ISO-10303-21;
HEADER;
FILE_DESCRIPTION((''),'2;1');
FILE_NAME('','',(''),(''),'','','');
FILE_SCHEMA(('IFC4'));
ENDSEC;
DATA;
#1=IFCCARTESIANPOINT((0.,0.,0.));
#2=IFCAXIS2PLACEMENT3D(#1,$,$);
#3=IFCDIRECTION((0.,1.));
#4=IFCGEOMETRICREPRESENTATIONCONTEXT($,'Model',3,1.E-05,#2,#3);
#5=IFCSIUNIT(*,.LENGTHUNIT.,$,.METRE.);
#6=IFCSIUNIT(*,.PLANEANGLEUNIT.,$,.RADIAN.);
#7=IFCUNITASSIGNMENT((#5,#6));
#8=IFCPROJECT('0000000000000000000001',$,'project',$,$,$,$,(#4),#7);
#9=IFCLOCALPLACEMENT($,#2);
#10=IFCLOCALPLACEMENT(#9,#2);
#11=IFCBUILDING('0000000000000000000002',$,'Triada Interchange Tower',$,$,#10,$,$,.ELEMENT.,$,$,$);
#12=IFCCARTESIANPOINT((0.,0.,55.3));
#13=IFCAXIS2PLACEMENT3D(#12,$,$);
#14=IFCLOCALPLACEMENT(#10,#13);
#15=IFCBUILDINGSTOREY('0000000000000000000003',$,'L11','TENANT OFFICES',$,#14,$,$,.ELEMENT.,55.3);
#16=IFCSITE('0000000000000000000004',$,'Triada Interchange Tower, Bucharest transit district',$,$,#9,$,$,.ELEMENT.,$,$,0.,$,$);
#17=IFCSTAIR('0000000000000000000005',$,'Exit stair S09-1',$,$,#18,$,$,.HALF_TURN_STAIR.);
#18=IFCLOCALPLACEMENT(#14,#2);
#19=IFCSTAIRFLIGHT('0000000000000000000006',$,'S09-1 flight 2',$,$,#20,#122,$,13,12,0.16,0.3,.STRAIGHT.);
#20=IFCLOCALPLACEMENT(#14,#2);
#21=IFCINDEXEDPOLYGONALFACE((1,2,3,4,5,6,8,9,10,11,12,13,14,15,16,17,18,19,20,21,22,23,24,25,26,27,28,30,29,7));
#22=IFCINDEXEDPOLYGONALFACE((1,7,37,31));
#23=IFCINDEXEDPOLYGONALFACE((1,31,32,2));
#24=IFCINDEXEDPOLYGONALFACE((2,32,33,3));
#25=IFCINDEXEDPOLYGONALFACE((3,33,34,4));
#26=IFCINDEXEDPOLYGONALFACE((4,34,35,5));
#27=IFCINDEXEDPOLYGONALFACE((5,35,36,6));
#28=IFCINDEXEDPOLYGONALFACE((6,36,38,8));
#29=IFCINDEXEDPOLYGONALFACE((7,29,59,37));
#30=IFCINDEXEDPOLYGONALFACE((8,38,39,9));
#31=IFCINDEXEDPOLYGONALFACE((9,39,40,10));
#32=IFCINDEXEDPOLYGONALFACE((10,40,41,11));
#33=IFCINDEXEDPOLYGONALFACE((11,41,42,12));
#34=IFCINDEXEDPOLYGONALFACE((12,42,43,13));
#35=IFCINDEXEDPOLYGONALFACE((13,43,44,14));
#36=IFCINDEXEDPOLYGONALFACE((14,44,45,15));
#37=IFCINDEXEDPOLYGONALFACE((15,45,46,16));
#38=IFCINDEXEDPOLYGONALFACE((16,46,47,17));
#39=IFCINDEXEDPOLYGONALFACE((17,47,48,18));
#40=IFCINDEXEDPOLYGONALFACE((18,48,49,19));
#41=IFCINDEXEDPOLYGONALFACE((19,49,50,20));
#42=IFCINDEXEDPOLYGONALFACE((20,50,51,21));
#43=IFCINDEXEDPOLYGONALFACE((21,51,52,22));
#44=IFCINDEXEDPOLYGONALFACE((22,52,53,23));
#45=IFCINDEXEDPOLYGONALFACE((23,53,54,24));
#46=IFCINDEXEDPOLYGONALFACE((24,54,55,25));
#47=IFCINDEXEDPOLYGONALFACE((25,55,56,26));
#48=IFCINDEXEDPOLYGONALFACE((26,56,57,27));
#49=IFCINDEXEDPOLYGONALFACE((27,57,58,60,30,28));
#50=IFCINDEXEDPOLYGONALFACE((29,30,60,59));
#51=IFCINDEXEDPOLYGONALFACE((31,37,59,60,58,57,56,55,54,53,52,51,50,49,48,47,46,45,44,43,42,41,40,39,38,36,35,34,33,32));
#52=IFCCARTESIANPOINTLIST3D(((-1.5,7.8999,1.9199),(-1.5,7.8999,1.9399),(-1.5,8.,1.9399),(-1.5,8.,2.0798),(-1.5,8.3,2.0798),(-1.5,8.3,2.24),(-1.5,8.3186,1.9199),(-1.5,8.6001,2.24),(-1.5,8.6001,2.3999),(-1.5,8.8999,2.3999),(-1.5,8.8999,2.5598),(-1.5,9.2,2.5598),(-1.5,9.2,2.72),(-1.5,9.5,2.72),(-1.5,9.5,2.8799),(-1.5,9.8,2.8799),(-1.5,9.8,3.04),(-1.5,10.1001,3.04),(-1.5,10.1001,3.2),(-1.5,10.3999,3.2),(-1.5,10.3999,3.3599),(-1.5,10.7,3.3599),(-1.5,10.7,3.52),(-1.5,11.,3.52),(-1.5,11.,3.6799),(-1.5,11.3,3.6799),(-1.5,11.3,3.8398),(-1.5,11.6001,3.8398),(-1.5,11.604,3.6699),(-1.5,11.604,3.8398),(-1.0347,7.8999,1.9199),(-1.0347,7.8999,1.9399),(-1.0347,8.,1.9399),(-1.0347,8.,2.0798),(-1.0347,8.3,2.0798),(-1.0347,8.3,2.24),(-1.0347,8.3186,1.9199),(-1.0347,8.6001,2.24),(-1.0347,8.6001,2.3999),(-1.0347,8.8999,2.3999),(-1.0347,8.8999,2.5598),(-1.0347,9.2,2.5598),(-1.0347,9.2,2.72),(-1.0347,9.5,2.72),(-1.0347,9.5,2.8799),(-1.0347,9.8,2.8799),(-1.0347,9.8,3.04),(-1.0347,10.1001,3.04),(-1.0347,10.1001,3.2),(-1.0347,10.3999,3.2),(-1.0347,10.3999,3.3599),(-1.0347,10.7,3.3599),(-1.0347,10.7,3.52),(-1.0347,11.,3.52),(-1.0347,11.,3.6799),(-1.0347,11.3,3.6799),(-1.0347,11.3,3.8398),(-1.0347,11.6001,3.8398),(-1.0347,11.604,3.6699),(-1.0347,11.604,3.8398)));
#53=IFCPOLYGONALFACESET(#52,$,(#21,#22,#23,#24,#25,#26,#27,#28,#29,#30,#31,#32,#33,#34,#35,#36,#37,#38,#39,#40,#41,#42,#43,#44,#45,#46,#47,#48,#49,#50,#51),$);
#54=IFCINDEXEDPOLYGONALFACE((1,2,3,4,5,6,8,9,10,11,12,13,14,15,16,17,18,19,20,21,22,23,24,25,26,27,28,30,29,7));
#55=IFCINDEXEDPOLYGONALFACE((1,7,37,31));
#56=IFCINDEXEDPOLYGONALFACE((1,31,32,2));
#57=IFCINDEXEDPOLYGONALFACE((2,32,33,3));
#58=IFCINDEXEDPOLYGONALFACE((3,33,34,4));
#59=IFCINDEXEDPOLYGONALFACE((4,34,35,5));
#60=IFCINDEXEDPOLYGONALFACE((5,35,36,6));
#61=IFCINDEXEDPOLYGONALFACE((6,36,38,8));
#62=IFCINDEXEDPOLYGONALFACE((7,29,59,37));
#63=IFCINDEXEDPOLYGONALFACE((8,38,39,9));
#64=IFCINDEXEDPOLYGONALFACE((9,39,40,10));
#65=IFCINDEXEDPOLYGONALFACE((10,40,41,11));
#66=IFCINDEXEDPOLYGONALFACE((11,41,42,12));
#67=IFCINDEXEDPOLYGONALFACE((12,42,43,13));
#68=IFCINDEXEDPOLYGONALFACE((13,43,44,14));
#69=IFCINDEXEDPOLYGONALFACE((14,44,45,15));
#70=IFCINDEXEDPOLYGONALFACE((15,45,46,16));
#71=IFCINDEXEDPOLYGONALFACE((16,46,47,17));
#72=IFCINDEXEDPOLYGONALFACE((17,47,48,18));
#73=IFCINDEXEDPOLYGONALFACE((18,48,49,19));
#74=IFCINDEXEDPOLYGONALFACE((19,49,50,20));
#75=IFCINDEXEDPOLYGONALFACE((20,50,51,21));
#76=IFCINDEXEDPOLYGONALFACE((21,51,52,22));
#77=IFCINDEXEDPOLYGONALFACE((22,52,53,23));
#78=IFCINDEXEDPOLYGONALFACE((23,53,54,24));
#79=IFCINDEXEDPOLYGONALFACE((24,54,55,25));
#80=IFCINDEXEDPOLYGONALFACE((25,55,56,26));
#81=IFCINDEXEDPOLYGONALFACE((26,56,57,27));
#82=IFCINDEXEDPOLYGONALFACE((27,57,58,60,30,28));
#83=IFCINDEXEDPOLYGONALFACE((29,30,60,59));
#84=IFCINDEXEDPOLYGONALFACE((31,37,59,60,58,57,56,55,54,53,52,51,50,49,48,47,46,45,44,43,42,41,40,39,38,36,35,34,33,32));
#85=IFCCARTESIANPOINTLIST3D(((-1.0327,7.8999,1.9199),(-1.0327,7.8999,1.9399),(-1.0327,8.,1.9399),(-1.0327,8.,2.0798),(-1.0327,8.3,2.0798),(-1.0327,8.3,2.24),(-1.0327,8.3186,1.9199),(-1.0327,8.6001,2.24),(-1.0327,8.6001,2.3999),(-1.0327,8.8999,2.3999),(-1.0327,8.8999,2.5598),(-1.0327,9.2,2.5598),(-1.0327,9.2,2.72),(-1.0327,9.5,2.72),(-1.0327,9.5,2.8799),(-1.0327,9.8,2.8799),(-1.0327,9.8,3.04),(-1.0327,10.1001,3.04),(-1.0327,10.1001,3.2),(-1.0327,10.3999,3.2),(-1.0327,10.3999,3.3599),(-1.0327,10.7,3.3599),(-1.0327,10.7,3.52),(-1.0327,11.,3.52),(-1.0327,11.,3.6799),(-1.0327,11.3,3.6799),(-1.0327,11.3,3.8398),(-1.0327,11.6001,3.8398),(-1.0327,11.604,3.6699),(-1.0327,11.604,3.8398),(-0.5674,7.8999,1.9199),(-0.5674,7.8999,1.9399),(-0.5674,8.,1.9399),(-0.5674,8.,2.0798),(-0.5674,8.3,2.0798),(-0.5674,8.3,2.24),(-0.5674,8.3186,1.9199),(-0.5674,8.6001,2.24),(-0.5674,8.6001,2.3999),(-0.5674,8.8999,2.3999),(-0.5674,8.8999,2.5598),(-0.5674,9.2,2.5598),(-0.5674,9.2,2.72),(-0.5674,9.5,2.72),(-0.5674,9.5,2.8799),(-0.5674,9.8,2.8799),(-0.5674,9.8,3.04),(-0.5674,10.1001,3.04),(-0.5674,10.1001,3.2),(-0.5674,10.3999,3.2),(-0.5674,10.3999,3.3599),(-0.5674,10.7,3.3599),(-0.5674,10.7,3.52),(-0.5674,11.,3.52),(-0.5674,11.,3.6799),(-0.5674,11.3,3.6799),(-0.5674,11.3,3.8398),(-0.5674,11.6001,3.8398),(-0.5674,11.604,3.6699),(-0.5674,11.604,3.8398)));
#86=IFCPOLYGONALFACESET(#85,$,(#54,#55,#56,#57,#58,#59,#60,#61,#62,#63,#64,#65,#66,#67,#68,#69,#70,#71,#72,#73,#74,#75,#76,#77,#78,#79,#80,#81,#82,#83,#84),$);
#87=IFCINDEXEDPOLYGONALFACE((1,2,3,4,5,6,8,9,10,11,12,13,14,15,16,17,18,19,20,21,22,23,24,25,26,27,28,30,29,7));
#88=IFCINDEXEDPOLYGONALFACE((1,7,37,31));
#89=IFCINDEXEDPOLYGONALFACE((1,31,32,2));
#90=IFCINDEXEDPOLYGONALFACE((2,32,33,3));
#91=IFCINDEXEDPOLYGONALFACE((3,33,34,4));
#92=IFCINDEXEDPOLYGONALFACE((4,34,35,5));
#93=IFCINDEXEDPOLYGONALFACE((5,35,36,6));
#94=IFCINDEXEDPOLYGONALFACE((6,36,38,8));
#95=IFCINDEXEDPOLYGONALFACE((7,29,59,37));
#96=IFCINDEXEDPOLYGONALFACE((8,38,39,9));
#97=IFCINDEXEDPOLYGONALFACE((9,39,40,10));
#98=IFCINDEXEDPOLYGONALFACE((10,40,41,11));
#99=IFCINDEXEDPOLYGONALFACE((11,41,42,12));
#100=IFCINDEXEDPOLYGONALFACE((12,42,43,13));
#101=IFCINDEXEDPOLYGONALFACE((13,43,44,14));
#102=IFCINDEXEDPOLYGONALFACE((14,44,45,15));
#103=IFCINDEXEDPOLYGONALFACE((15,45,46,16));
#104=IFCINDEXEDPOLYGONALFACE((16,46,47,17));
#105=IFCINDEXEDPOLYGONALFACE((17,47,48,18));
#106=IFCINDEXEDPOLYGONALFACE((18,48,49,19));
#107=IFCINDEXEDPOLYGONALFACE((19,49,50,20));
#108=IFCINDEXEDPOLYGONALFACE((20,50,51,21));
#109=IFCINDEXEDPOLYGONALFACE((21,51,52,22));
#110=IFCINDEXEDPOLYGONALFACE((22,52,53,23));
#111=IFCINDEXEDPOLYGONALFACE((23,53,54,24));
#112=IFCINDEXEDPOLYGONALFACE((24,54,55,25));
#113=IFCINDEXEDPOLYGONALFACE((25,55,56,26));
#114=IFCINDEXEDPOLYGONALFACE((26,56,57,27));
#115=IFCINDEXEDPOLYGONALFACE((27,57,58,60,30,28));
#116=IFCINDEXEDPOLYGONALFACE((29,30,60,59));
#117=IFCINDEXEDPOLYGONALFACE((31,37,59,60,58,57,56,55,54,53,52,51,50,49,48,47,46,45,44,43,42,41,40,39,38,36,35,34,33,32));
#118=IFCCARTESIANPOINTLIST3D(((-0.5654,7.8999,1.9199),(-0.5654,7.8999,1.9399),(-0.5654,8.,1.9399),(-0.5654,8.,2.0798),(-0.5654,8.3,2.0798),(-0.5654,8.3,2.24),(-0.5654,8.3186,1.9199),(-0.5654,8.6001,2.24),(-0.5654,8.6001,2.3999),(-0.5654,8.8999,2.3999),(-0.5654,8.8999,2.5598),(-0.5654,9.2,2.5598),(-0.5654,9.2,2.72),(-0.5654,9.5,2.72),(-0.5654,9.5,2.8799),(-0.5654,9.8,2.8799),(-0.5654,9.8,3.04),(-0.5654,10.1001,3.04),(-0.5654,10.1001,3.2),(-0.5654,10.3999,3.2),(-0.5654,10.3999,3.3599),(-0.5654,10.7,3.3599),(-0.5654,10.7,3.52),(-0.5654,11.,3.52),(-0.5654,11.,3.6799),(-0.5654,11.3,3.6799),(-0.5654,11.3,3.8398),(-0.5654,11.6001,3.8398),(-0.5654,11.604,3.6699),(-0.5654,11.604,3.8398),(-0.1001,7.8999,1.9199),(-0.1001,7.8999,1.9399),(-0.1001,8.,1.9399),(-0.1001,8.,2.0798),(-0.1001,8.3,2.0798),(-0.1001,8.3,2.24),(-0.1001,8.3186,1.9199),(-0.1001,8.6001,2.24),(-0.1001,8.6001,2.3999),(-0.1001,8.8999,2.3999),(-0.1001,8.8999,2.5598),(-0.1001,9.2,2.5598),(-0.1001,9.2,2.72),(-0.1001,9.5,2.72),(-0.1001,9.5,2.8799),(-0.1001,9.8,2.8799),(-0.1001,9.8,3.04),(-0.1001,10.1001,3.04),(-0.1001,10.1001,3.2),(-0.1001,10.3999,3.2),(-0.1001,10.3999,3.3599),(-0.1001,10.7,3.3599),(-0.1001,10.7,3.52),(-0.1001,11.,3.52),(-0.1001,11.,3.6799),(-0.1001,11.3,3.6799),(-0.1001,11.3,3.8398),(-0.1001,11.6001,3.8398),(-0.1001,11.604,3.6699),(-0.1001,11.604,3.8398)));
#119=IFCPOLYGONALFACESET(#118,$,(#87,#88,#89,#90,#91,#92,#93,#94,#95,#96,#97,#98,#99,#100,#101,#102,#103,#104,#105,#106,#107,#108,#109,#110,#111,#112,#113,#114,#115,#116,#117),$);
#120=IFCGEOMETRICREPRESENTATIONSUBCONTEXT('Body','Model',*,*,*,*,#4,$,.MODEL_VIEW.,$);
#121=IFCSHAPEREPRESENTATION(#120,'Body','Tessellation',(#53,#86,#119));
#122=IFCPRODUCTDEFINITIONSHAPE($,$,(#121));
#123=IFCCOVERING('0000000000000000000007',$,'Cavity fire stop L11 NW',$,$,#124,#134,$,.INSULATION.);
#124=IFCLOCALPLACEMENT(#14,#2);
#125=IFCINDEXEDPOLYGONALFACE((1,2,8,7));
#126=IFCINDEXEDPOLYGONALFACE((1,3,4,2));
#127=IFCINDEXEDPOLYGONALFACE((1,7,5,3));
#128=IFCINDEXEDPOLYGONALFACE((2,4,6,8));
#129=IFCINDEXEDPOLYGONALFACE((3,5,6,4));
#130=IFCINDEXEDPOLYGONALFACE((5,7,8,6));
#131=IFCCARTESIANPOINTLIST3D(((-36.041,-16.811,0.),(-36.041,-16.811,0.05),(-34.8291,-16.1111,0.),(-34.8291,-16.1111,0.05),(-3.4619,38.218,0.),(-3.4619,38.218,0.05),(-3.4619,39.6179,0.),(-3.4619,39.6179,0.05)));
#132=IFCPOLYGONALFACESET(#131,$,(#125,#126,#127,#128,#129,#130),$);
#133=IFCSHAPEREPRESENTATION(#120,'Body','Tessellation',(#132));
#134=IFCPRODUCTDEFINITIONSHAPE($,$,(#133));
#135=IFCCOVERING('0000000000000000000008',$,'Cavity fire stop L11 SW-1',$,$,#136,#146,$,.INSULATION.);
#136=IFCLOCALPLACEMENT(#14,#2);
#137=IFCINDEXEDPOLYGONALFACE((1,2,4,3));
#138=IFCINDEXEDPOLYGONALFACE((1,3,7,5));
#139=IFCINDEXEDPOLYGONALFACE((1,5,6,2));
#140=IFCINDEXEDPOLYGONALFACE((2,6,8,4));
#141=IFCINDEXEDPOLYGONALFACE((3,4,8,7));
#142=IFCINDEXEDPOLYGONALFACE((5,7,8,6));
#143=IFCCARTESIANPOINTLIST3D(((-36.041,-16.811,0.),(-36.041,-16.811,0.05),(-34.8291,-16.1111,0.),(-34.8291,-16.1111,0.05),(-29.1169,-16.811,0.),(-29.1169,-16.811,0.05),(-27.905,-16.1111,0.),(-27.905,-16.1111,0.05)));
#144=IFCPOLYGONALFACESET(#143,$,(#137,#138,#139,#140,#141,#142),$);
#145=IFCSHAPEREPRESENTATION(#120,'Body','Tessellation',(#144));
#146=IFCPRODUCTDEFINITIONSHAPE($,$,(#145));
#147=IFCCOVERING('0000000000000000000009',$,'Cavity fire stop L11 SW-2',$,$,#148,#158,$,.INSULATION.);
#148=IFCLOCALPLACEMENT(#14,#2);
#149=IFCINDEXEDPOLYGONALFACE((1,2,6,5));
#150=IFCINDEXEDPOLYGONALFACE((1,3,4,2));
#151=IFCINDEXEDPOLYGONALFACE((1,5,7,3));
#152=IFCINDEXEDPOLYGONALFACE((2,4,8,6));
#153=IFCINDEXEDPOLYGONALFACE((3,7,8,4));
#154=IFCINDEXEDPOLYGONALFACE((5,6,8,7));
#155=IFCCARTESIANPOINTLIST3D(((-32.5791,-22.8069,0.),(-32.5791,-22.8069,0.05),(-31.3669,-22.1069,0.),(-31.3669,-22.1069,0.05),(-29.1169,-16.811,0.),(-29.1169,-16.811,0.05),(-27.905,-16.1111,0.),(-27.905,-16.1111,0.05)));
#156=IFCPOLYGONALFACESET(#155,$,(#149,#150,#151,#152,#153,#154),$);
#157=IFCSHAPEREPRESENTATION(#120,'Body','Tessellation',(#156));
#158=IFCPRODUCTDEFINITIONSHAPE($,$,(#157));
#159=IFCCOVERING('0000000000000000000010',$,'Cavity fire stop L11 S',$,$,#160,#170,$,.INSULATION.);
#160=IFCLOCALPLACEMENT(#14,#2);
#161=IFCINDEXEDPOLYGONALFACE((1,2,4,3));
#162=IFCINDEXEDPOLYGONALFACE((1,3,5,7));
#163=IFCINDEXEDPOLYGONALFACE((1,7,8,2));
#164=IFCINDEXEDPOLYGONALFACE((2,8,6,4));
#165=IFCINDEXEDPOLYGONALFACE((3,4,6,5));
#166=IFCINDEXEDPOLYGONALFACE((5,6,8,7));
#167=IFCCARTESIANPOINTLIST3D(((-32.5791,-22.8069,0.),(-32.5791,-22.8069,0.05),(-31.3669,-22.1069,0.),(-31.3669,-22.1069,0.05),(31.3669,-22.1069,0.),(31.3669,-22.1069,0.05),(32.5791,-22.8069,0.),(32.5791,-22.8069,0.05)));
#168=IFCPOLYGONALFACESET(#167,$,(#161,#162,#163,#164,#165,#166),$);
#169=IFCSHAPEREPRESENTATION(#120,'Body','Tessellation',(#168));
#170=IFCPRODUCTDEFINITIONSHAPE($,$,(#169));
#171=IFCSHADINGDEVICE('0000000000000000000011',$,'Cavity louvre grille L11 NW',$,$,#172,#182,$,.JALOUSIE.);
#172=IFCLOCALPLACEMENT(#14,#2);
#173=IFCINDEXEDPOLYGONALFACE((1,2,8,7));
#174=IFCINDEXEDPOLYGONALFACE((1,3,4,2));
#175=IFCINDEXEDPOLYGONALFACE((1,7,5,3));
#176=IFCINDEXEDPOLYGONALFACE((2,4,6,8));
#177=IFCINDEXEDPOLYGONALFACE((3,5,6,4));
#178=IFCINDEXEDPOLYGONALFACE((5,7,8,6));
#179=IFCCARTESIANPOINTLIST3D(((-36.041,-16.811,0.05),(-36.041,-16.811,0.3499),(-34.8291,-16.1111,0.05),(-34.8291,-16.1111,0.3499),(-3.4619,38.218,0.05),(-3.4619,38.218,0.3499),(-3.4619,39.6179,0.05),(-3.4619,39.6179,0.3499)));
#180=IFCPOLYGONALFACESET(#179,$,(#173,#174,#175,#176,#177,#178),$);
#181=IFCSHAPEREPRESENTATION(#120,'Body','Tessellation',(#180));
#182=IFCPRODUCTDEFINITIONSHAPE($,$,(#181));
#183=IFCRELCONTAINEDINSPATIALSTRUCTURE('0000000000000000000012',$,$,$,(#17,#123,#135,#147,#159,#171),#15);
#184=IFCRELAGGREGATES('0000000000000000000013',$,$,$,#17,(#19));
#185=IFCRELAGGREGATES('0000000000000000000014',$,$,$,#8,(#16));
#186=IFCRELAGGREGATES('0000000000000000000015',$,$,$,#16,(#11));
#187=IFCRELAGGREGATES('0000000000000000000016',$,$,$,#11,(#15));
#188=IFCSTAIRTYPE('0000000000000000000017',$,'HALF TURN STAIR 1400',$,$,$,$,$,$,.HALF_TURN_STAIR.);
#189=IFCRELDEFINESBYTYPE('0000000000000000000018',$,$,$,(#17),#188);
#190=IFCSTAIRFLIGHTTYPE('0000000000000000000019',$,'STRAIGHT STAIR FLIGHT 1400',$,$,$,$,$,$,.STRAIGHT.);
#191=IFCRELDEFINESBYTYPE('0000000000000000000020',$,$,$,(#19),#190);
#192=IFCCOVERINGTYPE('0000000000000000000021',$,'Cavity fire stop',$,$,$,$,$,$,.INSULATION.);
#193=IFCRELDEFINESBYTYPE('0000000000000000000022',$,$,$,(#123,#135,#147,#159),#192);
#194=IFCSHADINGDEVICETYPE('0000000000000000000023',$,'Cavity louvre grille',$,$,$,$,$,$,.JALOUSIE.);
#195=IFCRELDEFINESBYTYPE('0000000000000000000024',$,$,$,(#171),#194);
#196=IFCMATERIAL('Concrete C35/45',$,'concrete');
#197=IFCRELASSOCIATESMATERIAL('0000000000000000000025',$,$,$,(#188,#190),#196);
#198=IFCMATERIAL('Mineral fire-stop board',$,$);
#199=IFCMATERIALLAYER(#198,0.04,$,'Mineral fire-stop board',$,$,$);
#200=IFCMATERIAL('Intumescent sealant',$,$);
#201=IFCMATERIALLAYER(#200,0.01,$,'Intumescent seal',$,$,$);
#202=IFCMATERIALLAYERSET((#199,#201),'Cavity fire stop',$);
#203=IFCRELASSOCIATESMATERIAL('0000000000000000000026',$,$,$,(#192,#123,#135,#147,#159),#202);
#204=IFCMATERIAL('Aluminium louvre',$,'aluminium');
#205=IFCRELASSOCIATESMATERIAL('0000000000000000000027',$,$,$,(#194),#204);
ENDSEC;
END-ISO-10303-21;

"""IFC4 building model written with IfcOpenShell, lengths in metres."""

from ifc_helpers import new_model, si_unit, direction, frame, origin, place, context, subcontext, project, spatial, polyline, outline, extrude, material, layer, layer_set, layer_usage, type_object, element, aggregate, save


model = new_model("IFC4")

# Units and contexts
model_context = context("Model", 3, precision=1e-05, world=origin(), true_north=direction((0.0, 1.0)))
body_context = subcontext(model_context, "Body", "Model", "MODEL_VIEW")
ifc_project = project(units=[si_unit("LENGTHUNIT", "METRE"), si_unit("PLANEANGLEUNIT", "RADIAN")], contexts=[model_context])

# Site, building, storey
site_placement = place(None, origin())
site = spatial("IfcSite", under=ifc_project, at=site_placement, Name="Triada Interchange Tower, Bucharest transit district", CompositionType="ELEMENT", RefElevation=0.0)
building_placement = place(site_placement, origin())
building = spatial("IfcBuilding", under=site, at=building_placement, Name="Triada Interchange Tower", CompositionType="ELEMENT")
storey_placement = place(building_placement, frame((0.0, 0.0, 55.3)))
storey = spatial("IfcBuildingStorey", under=building, at=storey_placement, Name="L11", Description="TENANT OFFICES", CompositionType="ELEMENT", Elevation=55.3)

# Stair, stair flight
ifc_material_1 = material(Name="Concrete C35/45", Category="concrete")
stair_type = type_object("IfcStairType", Name="HALF TURN STAIR 1400", PredefinedType="HALF_TURN_STAIR", material=ifc_material_1)
stair_placement = place(storey_placement, origin())
stair = element("IfcStair", 1, at=stair_placement, inside=storey, type_object=stair_type, Name="Exit stair S09-1", PredefinedType="HALF_TURN_STAIR")
stair_flight_type = type_object("IfcStairFlightType", Name="STRAIGHT STAIR FLIGHT 1400", PredefinedType="STRAIGHT", material=ifc_material_1)
stair_flight_placement = place(storey_placement, frame((-0.8, 8.0, 1.9199), z_axis=(0.0, 0.0, 1.0), x_axis=(0.0, 1.0, 0.0)))
stair_flight = element("IfcStairFlight", 2, at=stair_flight_placement, type_object=stair_flight_type, Name="S09-1 flight 2", NumberOfRisers=13, NumberOfTreads=12, PredefinedType="STRAIGHT", RiserHeight=0.16, TreadLength=0.3, context=body_context, shape_type="SweptSolid", body=[
    extrude(outline(polyline([(-0.1001, 0.0), (-0.1001, 0.02), (0.0, 0.02), (0.0, 0.1599), (0.3, 0.1599), (0.3, 0.3201), (0.6001, 0.3201), (0.6001, 0.48), (0.8999, 0.48), (0.8999, 0.6399), (1.2, 0.6399), (1.2, 0.8), (1.5, 0.8), (1.5, 0.96), (1.8, 0.96), (1.8, 1.1201), (2.1001, 1.1201), (2.1001, 1.28), (2.3999, 1.28), (2.3999, 1.4399), (2.7, 1.4399), (2.7, 1.6001), (3.0, 1.6001), (3.0, 1.76), (3.3, 1.76), (3.3, 1.9199), (3.6001, 1.9199), (3.604, 1.9199), (3.604, 2.0801), (3.604, 1.75), (0.3186, 0.0), (-0.1001, 0.0)])), frame((0.0, 0.7, 0.0), z_axis=(0.0, -1.0, 0.0), x_axis=(1.0, 0.0, 0.0)), (0.0, 0.0, 1.0), 0.4653),
    extrude(outline(polyline([(-0.1001, 0.0), (-0.1001, 0.02), (0.0, 0.02), (0.0, 0.1599), (0.3, 0.1599), (0.3, 0.3201), (0.6001, 0.3201), (0.6001, 0.48), (0.8999, 0.48), (0.8999, 0.6399), (1.2, 0.6399), (1.2, 0.8), (1.5, 0.8), (1.5, 0.96), (1.8, 0.96), (1.8, 1.1201), (2.1001, 1.1201), (2.1001, 1.28), (2.3999, 1.28), (2.3999, 1.4399), (2.7, 1.4399), (2.7, 1.6001), (3.0, 1.6001), (3.0, 1.76), (3.3, 1.76), (3.3, 1.9199), (3.6001, 1.9199), (3.604, 1.9199), (3.604, 2.0801), (3.604, 1.75), (0.3186, 0.0), (-0.1001, 0.0)])), frame((0.0, 0.2327, 0.0), z_axis=(0.0, -1.0, 0.0), x_axis=(1.0, 0.0, 0.0)), (0.0, 0.0, 1.0), 0.4653),
    extrude(outline(polyline([(-0.1001, 0.0), (-0.1001, 0.02), (0.0, 0.02), (0.0, 0.1599), (0.3, 0.1599), (0.3, 0.3201), (0.6001, 0.3201), (0.6001, 0.48), (0.8999, 0.48), (0.8999, 0.6399), (1.2, 0.6399), (1.2, 0.8), (1.5, 0.8), (1.5, 0.96), (1.8, 0.96), (1.8, 1.1201), (2.1001, 1.1201), (2.1001, 1.28), (2.3999, 1.28), (2.3999, 1.4399), (2.7, 1.4399), (2.7, 1.6001), (3.0, 1.6001), (3.0, 1.76), (3.3, 1.76), (3.3, 1.9199), (3.6001, 1.9199), (3.604, 1.9199), (3.604, 2.0801), (3.604, 1.75), (0.3186, 0.0), (-0.1001, 0.0)])), frame((0.0, -0.2346, 0.0), z_axis=(0.0, -1.0, 0.0), x_axis=(1.0, 0.0, 0.0)), (0.0, 0.0, 1.0), 0.4653),
])

# Coverings
ifc_material_2 = material(Name="Mineral fire-stop board")
ifc_layer_1 = layer(ifc_material_2, 0.04, Name="Mineral fire-stop board")
ifc_material_3 = material(Name="Intumescent sealant")
ifc_layer_2 = layer(ifc_material_3, 0.01, Name="Intumescent seal")
ifc_layer_set_1 = layer_set([ifc_layer_1, ifc_layer_2], Name="Cavity fire stop")
ifc_layer_usage = layer_usage(ifc_layer_set_1, "AXIS3", "POSITIVE", 0.0)
covering_type = type_object("IfcCoveringType", Name="Cavity fire stop", PredefinedType="INSULATION", material=ifc_layer_set_1)
covering_1_placement = place(storey_placement, origin())
element("IfcCovering", 3, at=covering_1_placement, inside=storey, type_object=covering_type, material=ifc_layer_usage, Name="Cavity fire stop L11 NW", PredefinedType="INSULATION", context=body_context, shape_type="SweptSolid", body=[
    extrude(outline(polyline([(-3.4619, 38.218), (-3.4619, 39.6179), (-36.041, -16.811), (-34.8291, -16.1111), (-3.4619, 38.218)])), origin(), (0.0, 0.0, 1.0), 0.05),
])
covering_2_placement = place(storey_placement, origin())
element("IfcCovering", 4, at=covering_2_placement, inside=storey, type_object=covering_type, material=ifc_layer_usage, Name="Cavity fire stop L11 SW-1", PredefinedType="INSULATION", context=body_context, shape_type="SweptSolid", body=[
    extrude(outline(polyline([(-34.8291, -16.1111), (-36.041, -16.811), (-29.1169, -16.811), (-27.905, -16.1111), (-34.8291, -16.1111)])), origin(), (0.0, 0.0, 1.0), 0.05),
])
covering_3_placement = place(storey_placement, origin())
element("IfcCovering", 5, at=covering_3_placement, inside=storey, type_object=covering_type, material=ifc_layer_usage, Name="Cavity fire stop L11 SW-2", PredefinedType="INSULATION", context=body_context, shape_type="SweptSolid", body=[
    extrude(outline(polyline([(-27.905, -16.1111), (-29.1169, -16.811), (-32.5791, -22.8069), (-31.3669, -22.1069), (-27.905, -16.1111)])), origin(), (0.0, 0.0, 1.0), 0.05),
])
covering_4_placement = place(storey_placement, origin())
element("IfcCovering", 6, at=covering_4_placement, inside=storey, type_object=covering_type, material=ifc_layer_usage, Name="Cavity fire stop L11 S", PredefinedType="INSULATION", context=body_context, shape_type="SweptSolid", body=[
    extrude(outline(polyline([(-31.3669, -22.1069), (-32.5791, -22.8069), (32.5791, -22.8069), (31.3669, -22.1069), (-31.3669, -22.1069)])), origin(), (0.0, 0.0, 1.0), 0.05),
])

# Shading device
ifc_material_4 = material(Name="Aluminium louvre", Category="aluminium")
shading_device_type = type_object("IfcShadingDeviceType", Name="Cavity louvre grille", PredefinedType="JALOUSIE", material=ifc_material_4)
shading_device_1_placement = place(storey_placement, frame((0.0, 0.0, 0.05)))
element("IfcShadingDevice", 7, at=shading_device_1_placement, inside=storey, type_object=shading_device_type, Name="Cavity louvre grille L11 NW", PredefinedType="JALOUSIE", context=body_context, shape_type="SweptSolid", body=[
    extrude(outline(polyline([(-3.4619, 38.218), (-3.4619, 39.6179), (-36.041, -16.811), (-34.8291, -16.1111), (-3.4619, 38.218)])), origin(), (0.0, 0.0, 1.0), 0.2998),
])

aggregate(stair, [stair_flight])

save(model, "model.ifc")
